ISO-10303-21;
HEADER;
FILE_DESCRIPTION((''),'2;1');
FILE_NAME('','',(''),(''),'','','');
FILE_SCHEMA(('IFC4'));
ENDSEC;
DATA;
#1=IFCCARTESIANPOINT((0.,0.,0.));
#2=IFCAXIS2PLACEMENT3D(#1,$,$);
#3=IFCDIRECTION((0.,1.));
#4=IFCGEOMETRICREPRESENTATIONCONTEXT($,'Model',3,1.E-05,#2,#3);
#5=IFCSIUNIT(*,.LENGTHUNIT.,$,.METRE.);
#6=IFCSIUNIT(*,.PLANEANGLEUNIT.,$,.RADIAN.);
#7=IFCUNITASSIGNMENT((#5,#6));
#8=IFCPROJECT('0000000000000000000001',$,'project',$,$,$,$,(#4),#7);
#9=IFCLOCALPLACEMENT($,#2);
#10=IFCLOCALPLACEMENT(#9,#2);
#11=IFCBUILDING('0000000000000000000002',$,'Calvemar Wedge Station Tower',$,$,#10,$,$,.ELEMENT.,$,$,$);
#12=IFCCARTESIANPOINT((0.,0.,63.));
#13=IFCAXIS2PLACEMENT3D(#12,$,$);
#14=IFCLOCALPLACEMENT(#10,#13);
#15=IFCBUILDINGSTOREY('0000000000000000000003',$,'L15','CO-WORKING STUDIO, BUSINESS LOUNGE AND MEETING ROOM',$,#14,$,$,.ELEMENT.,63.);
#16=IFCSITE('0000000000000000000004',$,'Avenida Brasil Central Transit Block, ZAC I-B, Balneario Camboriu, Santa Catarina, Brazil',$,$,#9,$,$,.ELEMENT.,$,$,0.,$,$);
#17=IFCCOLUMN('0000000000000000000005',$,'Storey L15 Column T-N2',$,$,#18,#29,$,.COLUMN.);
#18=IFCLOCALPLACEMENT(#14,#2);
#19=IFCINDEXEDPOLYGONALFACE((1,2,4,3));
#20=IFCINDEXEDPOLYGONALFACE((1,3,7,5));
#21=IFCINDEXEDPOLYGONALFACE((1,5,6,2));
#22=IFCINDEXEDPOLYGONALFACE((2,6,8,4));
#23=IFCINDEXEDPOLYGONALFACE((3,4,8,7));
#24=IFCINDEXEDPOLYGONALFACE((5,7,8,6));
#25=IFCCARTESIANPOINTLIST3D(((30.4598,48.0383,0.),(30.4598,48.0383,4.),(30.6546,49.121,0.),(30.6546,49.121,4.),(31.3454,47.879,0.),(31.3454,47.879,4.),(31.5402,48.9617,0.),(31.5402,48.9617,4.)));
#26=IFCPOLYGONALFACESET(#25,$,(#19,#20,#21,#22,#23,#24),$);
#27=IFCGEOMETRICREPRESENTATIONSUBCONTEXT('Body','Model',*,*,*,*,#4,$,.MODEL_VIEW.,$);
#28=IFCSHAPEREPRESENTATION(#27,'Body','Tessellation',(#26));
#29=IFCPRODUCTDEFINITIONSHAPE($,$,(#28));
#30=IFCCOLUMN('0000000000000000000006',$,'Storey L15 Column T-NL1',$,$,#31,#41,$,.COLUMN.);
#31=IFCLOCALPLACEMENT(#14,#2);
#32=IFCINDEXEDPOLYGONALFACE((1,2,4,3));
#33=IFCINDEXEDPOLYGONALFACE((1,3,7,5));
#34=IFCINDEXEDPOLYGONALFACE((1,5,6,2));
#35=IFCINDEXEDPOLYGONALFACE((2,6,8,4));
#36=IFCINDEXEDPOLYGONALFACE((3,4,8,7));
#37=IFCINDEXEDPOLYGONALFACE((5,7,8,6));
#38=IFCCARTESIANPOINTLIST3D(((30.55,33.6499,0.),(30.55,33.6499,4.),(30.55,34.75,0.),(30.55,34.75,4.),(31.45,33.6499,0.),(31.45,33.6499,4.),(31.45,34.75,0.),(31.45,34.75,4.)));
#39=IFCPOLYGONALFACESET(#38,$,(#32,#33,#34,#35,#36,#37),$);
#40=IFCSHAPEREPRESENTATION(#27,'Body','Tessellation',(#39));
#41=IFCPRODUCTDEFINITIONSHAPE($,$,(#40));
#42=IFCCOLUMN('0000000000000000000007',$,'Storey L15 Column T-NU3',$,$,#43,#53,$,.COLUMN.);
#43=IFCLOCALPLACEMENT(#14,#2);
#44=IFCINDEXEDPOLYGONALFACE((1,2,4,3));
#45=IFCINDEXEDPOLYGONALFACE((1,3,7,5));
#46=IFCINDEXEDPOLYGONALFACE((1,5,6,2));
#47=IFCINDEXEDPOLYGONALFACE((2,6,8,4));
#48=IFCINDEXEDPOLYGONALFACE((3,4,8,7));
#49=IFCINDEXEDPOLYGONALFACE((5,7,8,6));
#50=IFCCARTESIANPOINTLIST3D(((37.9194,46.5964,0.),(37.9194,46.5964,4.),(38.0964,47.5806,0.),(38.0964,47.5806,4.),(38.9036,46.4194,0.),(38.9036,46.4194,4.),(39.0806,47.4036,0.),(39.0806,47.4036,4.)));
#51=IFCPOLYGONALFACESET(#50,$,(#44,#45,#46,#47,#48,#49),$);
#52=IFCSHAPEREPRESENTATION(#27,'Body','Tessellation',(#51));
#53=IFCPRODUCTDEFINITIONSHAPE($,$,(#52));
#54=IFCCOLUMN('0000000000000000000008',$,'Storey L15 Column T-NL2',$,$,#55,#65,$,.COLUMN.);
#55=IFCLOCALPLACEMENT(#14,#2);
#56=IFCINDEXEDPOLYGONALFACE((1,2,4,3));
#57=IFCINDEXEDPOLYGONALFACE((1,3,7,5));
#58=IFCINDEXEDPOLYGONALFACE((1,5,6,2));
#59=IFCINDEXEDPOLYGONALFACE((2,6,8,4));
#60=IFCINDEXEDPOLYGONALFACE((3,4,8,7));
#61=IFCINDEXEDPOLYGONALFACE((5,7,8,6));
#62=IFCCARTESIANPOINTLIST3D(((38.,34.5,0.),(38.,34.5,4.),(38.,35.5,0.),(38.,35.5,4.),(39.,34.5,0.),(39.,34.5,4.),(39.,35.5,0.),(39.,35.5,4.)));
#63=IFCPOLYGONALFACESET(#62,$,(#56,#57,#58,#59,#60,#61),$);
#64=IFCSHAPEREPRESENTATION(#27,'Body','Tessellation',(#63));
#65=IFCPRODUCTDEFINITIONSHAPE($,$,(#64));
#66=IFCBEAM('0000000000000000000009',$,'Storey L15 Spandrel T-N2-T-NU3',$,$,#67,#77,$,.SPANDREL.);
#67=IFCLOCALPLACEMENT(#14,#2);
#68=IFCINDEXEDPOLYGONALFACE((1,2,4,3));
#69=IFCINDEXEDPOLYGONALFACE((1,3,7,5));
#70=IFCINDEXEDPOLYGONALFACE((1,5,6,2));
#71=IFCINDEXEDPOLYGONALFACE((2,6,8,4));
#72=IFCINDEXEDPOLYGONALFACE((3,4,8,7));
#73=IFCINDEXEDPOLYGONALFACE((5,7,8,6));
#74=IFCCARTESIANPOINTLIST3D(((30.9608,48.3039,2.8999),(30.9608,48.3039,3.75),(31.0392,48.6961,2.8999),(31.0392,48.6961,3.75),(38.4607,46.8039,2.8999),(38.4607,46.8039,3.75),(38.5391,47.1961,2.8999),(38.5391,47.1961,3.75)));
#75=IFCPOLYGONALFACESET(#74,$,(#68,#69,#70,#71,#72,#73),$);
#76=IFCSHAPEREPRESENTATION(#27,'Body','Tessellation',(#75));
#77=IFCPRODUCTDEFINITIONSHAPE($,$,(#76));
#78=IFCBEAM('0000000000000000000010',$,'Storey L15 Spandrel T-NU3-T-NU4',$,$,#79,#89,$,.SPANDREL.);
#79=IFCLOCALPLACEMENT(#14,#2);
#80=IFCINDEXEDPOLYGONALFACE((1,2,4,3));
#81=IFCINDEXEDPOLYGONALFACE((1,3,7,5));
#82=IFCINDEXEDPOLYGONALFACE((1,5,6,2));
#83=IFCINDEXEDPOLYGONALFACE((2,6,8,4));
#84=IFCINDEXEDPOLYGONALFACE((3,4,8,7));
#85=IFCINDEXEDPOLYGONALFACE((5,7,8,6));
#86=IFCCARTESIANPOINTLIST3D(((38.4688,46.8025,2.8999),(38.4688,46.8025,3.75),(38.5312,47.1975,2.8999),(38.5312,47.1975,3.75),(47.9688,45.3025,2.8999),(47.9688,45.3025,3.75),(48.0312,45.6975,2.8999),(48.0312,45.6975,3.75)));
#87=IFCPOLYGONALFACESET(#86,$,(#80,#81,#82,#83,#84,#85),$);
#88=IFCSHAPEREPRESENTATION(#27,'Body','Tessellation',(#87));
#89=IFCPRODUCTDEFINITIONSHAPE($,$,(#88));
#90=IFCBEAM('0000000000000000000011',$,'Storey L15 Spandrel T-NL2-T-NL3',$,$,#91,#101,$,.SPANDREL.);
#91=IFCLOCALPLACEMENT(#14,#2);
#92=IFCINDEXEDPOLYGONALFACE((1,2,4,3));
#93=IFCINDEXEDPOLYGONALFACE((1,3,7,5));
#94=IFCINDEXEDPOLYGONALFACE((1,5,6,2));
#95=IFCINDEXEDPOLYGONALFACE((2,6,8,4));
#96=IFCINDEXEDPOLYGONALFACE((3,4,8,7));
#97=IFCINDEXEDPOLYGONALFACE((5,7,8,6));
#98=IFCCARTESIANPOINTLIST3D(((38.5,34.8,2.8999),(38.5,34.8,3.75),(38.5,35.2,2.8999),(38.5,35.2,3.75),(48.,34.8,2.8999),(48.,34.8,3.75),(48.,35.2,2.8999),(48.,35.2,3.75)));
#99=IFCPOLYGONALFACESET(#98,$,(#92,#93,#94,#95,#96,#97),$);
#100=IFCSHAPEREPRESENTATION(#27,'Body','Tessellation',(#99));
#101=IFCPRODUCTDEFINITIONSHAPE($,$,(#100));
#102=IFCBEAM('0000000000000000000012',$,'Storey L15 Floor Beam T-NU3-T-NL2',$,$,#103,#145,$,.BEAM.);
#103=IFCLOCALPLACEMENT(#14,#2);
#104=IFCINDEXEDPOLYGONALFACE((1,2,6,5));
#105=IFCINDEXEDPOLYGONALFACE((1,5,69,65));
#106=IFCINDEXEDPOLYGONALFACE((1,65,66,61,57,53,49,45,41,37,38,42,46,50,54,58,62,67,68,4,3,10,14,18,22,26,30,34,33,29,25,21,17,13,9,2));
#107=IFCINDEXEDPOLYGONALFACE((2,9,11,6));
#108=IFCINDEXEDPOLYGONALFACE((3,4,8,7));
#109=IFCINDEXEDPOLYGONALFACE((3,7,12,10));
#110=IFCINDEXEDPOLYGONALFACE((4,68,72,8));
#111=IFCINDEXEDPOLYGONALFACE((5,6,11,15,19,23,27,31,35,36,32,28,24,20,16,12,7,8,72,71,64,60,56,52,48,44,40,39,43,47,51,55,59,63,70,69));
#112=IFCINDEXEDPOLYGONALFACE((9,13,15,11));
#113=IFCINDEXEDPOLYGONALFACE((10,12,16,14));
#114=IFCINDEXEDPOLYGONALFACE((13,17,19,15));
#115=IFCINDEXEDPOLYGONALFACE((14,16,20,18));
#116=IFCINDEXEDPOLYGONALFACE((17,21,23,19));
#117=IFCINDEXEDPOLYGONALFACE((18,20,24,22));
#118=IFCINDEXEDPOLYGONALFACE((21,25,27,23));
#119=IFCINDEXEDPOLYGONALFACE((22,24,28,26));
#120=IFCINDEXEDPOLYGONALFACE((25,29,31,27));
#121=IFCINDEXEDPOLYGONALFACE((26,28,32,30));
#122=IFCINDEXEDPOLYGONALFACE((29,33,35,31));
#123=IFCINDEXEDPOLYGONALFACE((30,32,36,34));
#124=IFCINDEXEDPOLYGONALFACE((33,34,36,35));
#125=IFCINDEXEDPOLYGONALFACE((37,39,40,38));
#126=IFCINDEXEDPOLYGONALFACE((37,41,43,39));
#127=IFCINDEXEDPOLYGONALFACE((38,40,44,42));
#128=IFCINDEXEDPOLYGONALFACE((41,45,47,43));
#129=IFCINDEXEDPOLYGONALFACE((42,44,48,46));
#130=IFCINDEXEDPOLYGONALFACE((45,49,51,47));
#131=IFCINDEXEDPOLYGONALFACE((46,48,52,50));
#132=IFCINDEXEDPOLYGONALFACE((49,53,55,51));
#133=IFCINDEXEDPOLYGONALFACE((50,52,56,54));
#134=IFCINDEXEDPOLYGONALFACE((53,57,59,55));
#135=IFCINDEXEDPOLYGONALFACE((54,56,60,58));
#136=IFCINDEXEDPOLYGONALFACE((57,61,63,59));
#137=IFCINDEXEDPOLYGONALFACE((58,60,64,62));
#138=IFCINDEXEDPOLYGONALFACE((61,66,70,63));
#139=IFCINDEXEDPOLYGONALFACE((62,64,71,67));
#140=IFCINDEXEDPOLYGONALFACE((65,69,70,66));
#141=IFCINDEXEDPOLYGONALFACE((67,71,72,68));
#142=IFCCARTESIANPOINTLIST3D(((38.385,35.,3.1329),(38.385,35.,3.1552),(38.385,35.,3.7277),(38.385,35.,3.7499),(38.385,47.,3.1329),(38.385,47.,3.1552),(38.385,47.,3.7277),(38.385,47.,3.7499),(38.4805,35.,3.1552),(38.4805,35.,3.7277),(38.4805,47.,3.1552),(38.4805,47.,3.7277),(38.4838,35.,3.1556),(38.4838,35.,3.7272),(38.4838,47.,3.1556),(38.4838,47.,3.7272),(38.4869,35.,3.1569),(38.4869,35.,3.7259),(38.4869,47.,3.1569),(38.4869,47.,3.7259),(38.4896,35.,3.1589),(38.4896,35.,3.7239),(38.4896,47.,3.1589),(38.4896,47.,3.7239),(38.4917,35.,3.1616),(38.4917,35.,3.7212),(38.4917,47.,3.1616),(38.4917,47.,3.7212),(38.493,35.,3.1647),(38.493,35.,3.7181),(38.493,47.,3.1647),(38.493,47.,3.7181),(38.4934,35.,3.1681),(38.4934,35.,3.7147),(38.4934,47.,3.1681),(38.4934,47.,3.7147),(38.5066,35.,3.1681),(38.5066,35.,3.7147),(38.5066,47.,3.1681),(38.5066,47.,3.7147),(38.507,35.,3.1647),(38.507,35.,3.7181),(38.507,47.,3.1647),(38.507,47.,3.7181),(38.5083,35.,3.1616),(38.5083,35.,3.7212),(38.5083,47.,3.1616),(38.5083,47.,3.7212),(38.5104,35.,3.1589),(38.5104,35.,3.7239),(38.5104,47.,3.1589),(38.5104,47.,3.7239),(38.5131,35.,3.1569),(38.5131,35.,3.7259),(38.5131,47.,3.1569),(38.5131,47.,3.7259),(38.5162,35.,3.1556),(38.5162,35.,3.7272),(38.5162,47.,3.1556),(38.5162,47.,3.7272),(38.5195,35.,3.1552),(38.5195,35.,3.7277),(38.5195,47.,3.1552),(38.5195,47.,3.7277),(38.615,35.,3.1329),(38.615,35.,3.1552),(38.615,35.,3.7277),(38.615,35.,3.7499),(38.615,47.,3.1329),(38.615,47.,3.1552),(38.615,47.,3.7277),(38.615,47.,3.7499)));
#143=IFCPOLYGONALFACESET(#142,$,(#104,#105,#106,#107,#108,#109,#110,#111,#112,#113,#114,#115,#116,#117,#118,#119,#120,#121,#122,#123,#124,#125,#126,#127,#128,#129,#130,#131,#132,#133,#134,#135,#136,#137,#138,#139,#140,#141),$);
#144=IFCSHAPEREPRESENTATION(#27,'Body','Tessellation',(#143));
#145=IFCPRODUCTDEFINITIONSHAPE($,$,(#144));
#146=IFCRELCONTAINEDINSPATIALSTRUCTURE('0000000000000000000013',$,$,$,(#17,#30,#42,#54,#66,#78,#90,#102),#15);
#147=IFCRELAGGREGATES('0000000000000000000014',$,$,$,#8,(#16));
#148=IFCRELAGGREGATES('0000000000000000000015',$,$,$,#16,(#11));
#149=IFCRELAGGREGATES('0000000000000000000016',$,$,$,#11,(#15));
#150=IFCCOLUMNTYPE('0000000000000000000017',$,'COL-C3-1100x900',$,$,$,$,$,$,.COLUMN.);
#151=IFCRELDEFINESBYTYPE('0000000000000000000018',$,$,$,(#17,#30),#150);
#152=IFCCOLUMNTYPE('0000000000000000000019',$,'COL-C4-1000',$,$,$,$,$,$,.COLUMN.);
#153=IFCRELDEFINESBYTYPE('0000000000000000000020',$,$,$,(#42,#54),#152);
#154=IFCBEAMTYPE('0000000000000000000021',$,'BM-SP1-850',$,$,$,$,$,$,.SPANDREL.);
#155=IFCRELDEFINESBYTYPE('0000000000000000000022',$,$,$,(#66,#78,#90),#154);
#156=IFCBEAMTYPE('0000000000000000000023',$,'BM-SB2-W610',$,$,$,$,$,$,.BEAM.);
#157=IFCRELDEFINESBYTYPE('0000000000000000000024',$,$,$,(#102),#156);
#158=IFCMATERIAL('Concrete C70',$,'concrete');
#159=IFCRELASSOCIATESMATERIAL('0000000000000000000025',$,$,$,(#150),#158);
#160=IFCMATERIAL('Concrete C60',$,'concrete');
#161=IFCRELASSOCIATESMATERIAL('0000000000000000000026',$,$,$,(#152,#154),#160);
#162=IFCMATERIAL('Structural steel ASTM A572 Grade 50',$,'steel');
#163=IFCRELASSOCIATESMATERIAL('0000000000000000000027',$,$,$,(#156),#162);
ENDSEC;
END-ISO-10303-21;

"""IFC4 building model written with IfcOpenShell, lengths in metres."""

from ifc_helpers import new_model, si_unit, direction, frame, origin, origin_2d, place, context, subcontext, project, spatial, rectangle, i_section, extrude, source, transform, mapped, material, material_profile, profile_set, type_object, element, save


model = new_model("IFC4")

# Units and contexts
model_context = context("Model", 3, precision=1e-05, world=origin(), true_north=direction((0.0, 1.0)))
body_context = subcontext(model_context, "Body", "Model", "MODEL_VIEW")
ifc_project = project(units=[si_unit("LENGTHUNIT", "METRE"), si_unit("PLANEANGLEUNIT", "RADIAN")], contexts=[model_context])

# Site, building, storey
site_placement = place(None, origin())
site = spatial("IfcSite", under=ifc_project, at=site_placement, Name="Avenida Brasil Central Transit Block, ZAC I-B, Balneario Camboriu, Santa Catarina, Brazil", CompositionType="ELEMENT", RefElevation=0.0)
building_placement = place(site_placement, origin())
building = spatial("IfcBuilding", under=site, at=building_placement, Name="Calvemar Wedge Station Tower", CompositionType="ELEMENT")
storey_placement = place(building_placement, frame((0.0, 0.0, 63.0)))
storey = spatial("IfcBuildingStorey", under=building, at=storey_placement, Name="L15", Description="CO-WORKING STUDIO, BUSINESS LOUNGE AND MEETING ROOM", CompositionType="ELEMENT", Elevation=63.0)

# Columns
ifc_material_1 = material(Name="Concrete C70", Category="concrete")
ifc_material_profile_1 = material_profile(ifc_material_1, rectangle(XDim=0.8999, YDim=1.1001, at=origin_2d()), Name="RC1100x900")
ifc_profile_set_1 = profile_set([ifc_material_profile_1], Name="Concrete C70")
column_type_1 = type_object("IfcColumnType", Name="COL-C3-1100x900", PredefinedType="COLUMN", material=ifc_profile_set_1)
shared_shape_1 = source(origin(), body_context, "Body", "SweptSolid", [
    extrude(rectangle(XDim=0.8999, YDim=1.1001, at=origin_2d()), origin(), (0.0, 0.0, 1.0), 4.0),
])
for number, where, z_axis, x_axis, name in (
    (1, (31.0, 48.5, 0.0), (0.0, 0.0, 1.0), (0.984196, -0.177085, 0.0), "Storey L15 Column T-N2"),
    (2, (31.0, 34.2, 0.0), (0.0, 0.0, 1.0), (1.0, 0.0, 0.0), "Storey L15 Column T-NL1"),
):
    element("IfcColumn", number, at=place(storey_placement, frame(where, z_axis=z_axis, x_axis=x_axis)), inside=storey, type_object=column_type_1, Name=name, PredefinedType="COLUMN", context=body_context, shape_type="MappedRepresentation", body=[
        mapped(shared_shape_1, transform((0.0, 0.0, 0.0), scale=1.0)),
    ])
ifc_material_2 = material(Name="Concrete C60", Category="concrete")
ifc_material_profile_2 = material_profile(ifc_material_2, rectangle(XDim=1.0, YDim=1.0, at=origin_2d()), Name="RC1000x1000")
ifc_profile_set_2 = profile_set([ifc_material_profile_2], Name="Concrete C60")
column_type_2 = type_object("IfcColumnType", Name="COL-C4-1000", PredefinedType="COLUMN", material=ifc_profile_set_2)
shared_shape_2 = source(origin(), body_context, "Body", "SweptSolid", [
    extrude(rectangle(XDim=1.0, YDim=1.0, at=origin_2d()), origin(), (0.0, 0.0, 1.0), 4.0),
])
for number, where, z_axis, x_axis, name in (
    (3, (38.5, 47.0, 0.0), (0.0, 0.0, 1.0), (0.984196, -0.177085, 0.0), "Storey L15 Column T-NU3"),
    (4, (38.5, 35.0, 0.0), (0.0, 0.0, 1.0), (1.0, 0.0, 0.0), "Storey L15 Column T-NL2"),
):
    element("IfcColumn", number, at=place(storey_placement, frame(where, z_axis=z_axis, x_axis=x_axis)), inside=storey, type_object=column_type_2, Name=name, PredefinedType="COLUMN", context=body_context, shape_type="MappedRepresentation", body=[
        mapped(shared_shape_2, transform((0.0, 0.0, 0.0), scale=1.0)),
    ])

# Beams
ifc_material_profile_3 = material_profile(ifc_material_2, rectangle(XDim=0.3999, YDim=0.8501, at=origin_2d()), Name="RC400x850")
ifc_profile_set_3 = profile_set([ifc_material_profile_3], Name="Concrete C60")
beam_type_1 = type_object("IfcBeamType", Name="BM-SP1-850", PredefinedType="SPANDREL", material=ifc_profile_set_3)
shared_shape_3 = source(origin(), body_context, "Body", "SweptSolid", [
    extrude(rectangle(XDim=0.3999, YDim=0.8501, at=origin_2d()), origin(), (0.0, 0.0, 1.0), 7.6484),
])
beam_1_placement = place(storey_placement, frame((31.0, 48.5, 3.325), z_axis=(0.980581, -0.196116, 0.0), x_axis=(0.196116, 0.980581, 0.0)))
element("IfcBeam", 5, at=beam_1_placement, inside=storey, type_object=beam_type_1, Name="Storey L15 Spandrel T-N2-T-NU3", PredefinedType="SPANDREL", context=body_context, shape_type="MappedRepresentation", body=[
    mapped(shared_shape_3, transform((0.0, 0.0, 0.0), scale=1.0)),
])
shared_shape_4 = source(origin(), body_context, "Body", "SweptSolid", [
    extrude(rectangle(XDim=0.3999, YDim=0.8501, at=origin_2d()), origin(), (0.0, 0.0, 1.0), 9.6177),
])
beam_2_placement = place(storey_placement, frame((38.5, 47.0, 3.325), z_axis=(0.987763, -0.155963, 0.0), x_axis=(0.155963, 0.987763, 0.0)))
element("IfcBeam", 6, at=beam_2_placement, inside=storey, type_object=beam_type_1, Name="Storey L15 Spandrel T-NU3-T-NU4", PredefinedType="SPANDREL", context=body_context, shape_type="MappedRepresentation", body=[
    mapped(shared_shape_4, transform((0.0, 0.0, 0.0), scale=1.0)),
])
shared_shape_5 = source(origin(), body_context, "Body", "SweptSolid", [
    extrude(rectangle(XDim=0.3999, YDim=0.8501, at=origin_2d()), origin(), (0.0, 0.0, 1.0), 9.5),
])
beam_3_placement = place(storey_placement, frame((38.5, 35.0, 3.325), z_axis=(1.0, 0.0, 0.0), x_axis=(0.0, 1.0, 0.0)))
element("IfcBeam", 7, at=beam_3_placement, inside=storey, type_object=beam_type_1, Name="Storey L15 Spandrel T-NL2-T-NL3", PredefinedType="SPANDREL", context=body_context, shape_type="MappedRepresentation", body=[
    mapped(shared_shape_5, transform((0.0, 0.0, 0.0), scale=1.0)),
])
ifc_material_3 = material(Name="Structural steel ASTM A572 Grade 50", Category="steel")
ifc_material_profile_4 = material_profile(ifc_material_3, i_section(OverallWidth=0.23, OverallDepth=0.6169, WebThickness=0.0132, FlangeThickness=0.0222, FilletRadius=0.0129, at=origin_2d()), Name="W610x140")
ifc_profile_set_4 = profile_set([ifc_material_profile_4], Name="Structural steel ASTM A572 Grade 50")
beam_type_2 = type_object("IfcBeamType", Name="BM-SB2-W610", PredefinedType="BEAM", material=ifc_profile_set_4)
shared_shape_6 = source(origin(), body_context, "Body", "SweptSolid", [
    extrude(i_section(OverallWidth=0.23, OverallDepth=0.6169, WebThickness=0.0132, FlangeThickness=0.0222, FilletRadius=0.0129, at=origin_2d()), origin(), (0.0, 0.0, 1.0), 12.0),
])
beam_4_placement = place(storey_placement, frame((38.5, 47.0, 3.4414), z_axis=(0.0, -1.0, 0.0), x_axis=(1.0, 0.0, 0.0)))
element("IfcBeam", 8, at=beam_4_placement, inside=storey, type_object=beam_type_2, Name="Storey L15 Floor Beam T-NU3-T-NL2", PredefinedType="BEAM", context=body_context, shape_type="MappedRepresentation", body=[
    mapped(shared_shape_6, transform((0.0, 0.0, 0.0), scale=1.0)),
])

save(model, "model.ifc")
